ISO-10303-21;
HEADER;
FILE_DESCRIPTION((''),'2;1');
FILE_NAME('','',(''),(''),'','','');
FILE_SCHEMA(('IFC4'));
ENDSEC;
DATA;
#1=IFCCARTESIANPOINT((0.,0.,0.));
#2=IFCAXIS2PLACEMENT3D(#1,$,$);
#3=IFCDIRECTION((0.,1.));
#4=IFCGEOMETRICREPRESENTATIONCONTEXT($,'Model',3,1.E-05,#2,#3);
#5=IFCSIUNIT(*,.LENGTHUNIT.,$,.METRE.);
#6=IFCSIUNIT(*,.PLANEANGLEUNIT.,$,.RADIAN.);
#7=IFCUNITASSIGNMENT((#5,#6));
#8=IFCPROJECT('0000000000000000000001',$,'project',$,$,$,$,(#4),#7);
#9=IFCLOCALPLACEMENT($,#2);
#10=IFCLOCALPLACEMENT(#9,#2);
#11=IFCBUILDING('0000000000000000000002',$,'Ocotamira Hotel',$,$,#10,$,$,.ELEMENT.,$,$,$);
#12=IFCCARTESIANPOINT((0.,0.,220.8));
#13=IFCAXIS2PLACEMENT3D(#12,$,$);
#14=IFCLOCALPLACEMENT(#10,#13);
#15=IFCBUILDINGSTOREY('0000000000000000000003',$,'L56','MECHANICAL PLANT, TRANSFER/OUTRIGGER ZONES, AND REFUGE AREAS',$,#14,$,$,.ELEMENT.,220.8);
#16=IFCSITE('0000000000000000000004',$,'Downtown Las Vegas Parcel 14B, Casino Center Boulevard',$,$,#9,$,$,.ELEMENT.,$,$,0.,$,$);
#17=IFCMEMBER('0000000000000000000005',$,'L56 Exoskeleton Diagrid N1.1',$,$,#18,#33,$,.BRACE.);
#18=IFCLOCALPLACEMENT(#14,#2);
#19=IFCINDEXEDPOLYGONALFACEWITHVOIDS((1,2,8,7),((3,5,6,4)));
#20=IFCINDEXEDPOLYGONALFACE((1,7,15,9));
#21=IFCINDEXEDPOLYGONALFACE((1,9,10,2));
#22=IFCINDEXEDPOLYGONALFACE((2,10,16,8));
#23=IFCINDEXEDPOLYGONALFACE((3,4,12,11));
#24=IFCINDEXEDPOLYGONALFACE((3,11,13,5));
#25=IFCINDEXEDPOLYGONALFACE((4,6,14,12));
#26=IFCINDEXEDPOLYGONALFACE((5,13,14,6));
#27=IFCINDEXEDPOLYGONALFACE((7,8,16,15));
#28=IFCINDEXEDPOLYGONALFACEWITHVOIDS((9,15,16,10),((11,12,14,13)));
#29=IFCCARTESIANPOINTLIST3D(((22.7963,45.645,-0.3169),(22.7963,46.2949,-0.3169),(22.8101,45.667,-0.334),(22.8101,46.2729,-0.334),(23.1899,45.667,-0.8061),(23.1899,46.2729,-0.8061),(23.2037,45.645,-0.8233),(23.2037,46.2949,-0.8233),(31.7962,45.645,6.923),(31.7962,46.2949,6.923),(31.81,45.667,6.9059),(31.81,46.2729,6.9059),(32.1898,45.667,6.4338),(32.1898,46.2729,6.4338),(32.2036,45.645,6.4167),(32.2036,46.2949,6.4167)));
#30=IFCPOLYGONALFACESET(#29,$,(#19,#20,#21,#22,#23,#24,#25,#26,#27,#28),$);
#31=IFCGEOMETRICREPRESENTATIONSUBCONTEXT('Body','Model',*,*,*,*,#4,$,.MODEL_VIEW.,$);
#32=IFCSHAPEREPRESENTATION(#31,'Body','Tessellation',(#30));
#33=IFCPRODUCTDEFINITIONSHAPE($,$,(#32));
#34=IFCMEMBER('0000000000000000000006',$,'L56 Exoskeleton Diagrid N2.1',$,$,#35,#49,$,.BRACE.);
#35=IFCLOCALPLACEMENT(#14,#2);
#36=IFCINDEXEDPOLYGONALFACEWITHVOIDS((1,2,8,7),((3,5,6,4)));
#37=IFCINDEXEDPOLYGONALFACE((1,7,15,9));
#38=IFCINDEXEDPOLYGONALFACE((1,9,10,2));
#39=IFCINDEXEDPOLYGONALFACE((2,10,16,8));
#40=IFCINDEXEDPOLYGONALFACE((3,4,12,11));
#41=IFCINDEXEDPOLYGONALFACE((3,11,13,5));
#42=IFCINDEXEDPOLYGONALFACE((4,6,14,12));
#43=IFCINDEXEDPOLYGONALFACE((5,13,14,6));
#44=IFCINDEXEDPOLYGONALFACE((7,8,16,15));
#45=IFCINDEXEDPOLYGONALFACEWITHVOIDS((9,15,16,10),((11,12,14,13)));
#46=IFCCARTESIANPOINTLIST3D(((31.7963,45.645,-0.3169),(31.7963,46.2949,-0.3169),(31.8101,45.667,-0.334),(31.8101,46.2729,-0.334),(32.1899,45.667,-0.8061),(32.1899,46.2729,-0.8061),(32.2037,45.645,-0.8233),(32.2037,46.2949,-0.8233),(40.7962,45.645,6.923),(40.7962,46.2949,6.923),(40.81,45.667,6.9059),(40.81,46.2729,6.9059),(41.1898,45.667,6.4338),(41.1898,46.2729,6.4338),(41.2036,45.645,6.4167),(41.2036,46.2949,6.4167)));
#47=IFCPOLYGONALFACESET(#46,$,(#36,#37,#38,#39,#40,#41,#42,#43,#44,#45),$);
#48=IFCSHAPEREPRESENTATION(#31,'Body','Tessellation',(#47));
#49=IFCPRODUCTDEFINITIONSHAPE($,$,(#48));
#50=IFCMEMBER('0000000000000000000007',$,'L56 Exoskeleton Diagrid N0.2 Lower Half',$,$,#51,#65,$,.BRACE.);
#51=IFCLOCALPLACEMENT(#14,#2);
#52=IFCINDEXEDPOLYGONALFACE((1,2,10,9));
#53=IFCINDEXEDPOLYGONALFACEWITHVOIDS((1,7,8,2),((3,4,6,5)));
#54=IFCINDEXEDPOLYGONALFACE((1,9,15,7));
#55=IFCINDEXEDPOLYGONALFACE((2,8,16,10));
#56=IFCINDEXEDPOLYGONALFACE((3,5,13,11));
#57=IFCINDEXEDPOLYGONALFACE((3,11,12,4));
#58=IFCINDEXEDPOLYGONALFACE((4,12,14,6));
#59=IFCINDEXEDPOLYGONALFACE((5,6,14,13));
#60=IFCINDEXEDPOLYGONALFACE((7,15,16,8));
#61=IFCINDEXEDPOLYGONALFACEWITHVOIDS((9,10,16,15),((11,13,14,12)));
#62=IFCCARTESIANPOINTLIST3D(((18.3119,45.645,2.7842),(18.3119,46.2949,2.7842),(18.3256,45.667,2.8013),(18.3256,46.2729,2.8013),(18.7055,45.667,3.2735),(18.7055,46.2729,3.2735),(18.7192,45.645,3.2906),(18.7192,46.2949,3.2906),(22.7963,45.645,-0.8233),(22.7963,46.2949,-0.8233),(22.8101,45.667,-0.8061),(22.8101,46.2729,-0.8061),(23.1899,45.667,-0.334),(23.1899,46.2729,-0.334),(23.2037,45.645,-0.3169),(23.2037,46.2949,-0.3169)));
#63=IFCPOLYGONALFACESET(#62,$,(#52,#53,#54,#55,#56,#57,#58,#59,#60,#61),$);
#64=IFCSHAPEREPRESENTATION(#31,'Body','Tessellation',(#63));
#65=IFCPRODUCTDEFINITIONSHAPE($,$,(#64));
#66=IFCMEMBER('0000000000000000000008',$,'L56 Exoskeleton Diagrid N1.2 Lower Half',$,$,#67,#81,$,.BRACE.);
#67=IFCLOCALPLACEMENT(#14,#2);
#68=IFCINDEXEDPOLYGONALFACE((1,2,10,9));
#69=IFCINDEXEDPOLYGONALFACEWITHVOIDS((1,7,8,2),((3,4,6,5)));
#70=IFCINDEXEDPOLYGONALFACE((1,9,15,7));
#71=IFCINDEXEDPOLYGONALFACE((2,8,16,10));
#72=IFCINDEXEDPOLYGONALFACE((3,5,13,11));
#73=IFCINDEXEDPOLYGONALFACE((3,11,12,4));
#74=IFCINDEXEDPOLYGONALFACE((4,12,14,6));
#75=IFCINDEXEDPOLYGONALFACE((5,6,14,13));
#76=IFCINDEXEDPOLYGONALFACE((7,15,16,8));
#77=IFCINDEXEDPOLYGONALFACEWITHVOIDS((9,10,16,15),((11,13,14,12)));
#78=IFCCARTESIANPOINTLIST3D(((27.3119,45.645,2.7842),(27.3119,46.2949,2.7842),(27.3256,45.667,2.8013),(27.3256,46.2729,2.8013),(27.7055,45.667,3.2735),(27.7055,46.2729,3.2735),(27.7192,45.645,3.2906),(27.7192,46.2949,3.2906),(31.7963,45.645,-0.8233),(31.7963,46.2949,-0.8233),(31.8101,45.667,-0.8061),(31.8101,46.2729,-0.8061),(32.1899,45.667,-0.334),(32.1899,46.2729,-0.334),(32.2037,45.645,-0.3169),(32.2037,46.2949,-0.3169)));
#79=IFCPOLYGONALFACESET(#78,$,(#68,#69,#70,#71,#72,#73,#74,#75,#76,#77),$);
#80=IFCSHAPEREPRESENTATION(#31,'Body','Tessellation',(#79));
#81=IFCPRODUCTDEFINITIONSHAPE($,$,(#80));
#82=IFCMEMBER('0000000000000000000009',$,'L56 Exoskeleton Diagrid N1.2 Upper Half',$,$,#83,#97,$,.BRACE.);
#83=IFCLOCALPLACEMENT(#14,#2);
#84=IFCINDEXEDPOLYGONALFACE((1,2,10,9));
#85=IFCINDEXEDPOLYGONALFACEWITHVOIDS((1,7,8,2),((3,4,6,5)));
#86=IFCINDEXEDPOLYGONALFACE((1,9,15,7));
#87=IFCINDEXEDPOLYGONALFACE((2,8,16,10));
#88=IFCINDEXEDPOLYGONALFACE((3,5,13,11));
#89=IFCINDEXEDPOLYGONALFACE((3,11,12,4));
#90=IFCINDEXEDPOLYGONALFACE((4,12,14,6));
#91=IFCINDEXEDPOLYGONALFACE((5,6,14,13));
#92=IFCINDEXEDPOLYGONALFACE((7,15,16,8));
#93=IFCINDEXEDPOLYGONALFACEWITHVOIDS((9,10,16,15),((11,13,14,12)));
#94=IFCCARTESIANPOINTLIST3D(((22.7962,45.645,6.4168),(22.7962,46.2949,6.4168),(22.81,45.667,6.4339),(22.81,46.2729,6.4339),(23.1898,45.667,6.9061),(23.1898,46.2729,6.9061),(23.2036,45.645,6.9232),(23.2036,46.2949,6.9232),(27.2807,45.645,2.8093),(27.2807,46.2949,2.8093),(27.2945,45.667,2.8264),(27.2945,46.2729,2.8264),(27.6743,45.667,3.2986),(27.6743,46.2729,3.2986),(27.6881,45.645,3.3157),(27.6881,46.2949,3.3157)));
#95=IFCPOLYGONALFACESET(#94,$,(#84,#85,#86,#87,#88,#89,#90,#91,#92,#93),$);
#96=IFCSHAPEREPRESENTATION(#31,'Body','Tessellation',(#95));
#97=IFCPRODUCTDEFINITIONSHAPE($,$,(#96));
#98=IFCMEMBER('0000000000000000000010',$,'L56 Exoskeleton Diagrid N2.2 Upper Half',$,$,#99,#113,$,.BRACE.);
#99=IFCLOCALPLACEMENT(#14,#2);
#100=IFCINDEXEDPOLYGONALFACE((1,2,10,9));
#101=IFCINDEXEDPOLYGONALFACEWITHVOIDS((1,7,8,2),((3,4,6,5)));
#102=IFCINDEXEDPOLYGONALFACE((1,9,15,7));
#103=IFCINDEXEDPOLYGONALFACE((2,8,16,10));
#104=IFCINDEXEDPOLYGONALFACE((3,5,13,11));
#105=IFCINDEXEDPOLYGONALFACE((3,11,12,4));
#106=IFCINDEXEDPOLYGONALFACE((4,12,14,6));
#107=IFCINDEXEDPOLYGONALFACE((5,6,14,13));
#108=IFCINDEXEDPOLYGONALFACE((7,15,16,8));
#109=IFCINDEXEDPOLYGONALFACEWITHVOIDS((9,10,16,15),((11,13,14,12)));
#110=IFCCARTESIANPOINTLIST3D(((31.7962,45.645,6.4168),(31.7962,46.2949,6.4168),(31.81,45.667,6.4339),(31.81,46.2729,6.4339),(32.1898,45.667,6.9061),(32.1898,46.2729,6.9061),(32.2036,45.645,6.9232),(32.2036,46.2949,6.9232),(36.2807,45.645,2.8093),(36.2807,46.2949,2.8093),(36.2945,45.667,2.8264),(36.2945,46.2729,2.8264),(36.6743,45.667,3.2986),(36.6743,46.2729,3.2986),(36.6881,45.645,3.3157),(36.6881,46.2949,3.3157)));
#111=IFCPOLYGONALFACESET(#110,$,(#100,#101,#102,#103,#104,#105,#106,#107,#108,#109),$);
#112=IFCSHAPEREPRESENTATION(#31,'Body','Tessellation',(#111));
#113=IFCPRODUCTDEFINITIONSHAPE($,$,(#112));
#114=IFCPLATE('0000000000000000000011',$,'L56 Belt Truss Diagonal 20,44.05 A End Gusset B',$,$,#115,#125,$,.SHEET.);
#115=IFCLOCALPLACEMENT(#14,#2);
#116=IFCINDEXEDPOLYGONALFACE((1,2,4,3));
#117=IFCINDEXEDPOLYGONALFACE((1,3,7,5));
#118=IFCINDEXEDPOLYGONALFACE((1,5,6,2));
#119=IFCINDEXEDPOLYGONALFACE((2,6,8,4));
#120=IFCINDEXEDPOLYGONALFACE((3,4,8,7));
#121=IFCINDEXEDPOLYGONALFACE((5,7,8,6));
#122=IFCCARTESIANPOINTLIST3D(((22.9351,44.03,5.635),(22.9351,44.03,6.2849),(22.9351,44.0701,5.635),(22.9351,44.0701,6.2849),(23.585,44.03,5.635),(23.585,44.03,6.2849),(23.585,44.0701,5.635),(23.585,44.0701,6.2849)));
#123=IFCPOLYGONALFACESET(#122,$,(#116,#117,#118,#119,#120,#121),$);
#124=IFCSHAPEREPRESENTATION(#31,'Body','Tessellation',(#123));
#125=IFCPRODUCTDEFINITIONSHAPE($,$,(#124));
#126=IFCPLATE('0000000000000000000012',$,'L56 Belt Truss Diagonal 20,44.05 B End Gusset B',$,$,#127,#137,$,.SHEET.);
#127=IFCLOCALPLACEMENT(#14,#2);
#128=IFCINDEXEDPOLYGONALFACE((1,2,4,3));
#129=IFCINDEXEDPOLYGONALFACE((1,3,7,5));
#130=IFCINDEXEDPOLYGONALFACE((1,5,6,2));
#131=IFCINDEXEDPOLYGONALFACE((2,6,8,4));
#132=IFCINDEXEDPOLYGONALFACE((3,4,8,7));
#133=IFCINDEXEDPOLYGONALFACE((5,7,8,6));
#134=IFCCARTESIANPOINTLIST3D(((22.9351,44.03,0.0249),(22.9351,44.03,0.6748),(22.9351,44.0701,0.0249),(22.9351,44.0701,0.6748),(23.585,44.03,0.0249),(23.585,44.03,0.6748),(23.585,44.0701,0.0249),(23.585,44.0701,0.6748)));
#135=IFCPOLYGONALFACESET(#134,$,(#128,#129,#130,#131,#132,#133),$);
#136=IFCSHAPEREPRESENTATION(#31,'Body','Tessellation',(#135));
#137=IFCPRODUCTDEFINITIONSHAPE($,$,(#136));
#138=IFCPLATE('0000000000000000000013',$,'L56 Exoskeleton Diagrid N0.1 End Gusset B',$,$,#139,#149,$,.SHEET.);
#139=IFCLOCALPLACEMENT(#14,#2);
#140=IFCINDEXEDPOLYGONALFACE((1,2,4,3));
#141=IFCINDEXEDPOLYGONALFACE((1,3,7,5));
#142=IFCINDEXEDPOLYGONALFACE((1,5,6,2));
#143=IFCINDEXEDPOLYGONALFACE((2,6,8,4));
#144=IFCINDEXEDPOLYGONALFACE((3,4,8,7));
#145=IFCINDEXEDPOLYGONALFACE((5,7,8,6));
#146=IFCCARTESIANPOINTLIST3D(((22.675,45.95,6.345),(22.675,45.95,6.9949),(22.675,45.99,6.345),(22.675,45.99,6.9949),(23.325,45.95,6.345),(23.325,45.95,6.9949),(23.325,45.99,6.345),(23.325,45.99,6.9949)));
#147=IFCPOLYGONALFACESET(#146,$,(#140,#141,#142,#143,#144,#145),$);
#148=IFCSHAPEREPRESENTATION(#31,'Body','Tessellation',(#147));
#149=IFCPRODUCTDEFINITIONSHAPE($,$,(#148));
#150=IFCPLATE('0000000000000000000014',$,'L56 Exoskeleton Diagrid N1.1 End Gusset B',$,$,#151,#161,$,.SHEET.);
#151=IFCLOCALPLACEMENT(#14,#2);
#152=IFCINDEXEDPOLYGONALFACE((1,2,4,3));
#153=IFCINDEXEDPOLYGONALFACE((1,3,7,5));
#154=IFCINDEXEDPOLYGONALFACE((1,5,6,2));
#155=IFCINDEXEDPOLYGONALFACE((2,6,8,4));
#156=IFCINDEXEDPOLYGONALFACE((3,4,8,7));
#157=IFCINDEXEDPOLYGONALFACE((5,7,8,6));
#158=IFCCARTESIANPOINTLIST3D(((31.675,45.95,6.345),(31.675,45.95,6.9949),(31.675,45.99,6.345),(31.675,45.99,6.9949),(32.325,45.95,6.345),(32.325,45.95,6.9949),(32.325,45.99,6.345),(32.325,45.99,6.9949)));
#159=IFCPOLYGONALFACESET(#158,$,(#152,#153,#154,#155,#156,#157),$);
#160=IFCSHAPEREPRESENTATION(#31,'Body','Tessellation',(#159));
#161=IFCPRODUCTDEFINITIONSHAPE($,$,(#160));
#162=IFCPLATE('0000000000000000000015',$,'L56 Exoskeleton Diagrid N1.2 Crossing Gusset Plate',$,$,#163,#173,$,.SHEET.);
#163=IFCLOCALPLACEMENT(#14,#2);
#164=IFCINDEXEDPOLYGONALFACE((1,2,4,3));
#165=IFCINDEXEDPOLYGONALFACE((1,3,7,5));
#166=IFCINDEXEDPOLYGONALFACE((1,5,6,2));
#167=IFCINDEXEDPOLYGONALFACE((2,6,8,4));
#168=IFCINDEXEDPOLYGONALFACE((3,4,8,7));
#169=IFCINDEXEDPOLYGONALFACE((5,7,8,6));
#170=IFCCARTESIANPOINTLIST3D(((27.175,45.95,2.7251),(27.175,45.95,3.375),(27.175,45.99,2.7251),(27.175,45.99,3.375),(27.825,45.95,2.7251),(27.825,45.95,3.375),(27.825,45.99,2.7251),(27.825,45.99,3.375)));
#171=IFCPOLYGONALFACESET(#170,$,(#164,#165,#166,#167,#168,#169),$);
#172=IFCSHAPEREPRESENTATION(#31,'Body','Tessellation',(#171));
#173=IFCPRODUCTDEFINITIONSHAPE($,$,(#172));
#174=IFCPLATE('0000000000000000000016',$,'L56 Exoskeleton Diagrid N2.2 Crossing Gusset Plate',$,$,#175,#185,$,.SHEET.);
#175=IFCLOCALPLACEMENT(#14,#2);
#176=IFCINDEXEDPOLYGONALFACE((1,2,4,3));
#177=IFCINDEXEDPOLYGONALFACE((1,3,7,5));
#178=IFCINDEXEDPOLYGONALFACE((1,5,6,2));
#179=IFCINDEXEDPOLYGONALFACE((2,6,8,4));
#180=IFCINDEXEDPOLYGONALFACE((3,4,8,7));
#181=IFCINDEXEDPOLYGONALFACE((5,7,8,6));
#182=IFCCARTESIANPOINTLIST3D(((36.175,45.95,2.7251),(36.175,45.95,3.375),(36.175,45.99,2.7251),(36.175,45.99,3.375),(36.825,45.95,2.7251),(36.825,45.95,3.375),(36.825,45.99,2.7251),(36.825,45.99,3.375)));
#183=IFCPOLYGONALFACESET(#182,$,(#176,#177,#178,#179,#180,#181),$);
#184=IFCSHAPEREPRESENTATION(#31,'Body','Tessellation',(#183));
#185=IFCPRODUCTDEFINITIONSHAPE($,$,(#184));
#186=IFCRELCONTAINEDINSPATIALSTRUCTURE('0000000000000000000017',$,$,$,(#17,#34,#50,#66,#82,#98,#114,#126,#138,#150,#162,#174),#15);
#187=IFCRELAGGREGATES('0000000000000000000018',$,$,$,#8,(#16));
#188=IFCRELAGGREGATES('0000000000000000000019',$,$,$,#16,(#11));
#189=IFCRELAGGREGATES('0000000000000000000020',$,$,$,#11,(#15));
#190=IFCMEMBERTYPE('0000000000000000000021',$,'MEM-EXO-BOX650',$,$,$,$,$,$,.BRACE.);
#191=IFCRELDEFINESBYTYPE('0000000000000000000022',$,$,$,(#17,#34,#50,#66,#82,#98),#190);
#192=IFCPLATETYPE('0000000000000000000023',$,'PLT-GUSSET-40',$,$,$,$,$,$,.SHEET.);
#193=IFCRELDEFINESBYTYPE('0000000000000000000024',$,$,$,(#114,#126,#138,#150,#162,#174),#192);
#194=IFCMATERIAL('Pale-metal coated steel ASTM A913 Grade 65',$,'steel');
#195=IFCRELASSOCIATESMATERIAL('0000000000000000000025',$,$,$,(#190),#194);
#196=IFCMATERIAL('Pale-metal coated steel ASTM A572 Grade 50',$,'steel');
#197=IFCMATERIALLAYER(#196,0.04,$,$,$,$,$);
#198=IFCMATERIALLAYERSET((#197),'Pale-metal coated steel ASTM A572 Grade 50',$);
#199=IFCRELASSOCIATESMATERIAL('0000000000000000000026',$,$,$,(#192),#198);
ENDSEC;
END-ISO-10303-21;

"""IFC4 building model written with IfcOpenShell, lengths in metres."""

from ifc_helpers import new_model, si_unit, direction, frame, origin, origin_2d, place, context, subcontext, project, spatial, rectangle, hollow_rectangle, extrude, source, transform, mapped, material, layer, layer_set, material_profile, profile_set, type_object, element, save


model = new_model("IFC4")

# Units and contexts
model_context = context("Model", 3, precision=1e-05, world=origin(), true_north=direction((0.0, 1.0)))
body_context = subcontext(model_context, "Body", "Model", "MODEL_VIEW")
ifc_project = project(units=[si_unit("LENGTHUNIT", "METRE"), si_unit("PLANEANGLEUNIT", "RADIAN")], contexts=[model_context])

# Site, building, storey
site_placement = place(None, origin())
site = spatial("IfcSite", under=ifc_project, at=site_placement, Name="Downtown Las Vegas Parcel 14B, Casino Center Boulevard", CompositionType="ELEMENT", RefElevation=0.0)
building_placement = place(site_placement, origin())
building = spatial("IfcBuilding", under=site, at=building_placement, Name="Ocotamira Hotel", CompositionType="ELEMENT")
storey_placement = place(building_placement, frame((0.0, 0.0, 220.8)))
storey = spatial("IfcBuildingStorey", under=building, at=storey_placement, Name="L56", Description="MECHANICAL PLANT, TRANSFER/OUTRIGGER ZONES, AND REFUGE AREAS", CompositionType="ELEMENT", Elevation=220.8)

# Members
ifc_material_1 = material(Name="Pale-metal coated steel ASTM A913 Grade 65", Category="steel")
ifc_material_profile_1 = material_profile(ifc_material_1, hollow_rectangle(XDim=0.6499, YDim=0.6499, WallThickness=0.022, at=origin_2d()), Name="BOX650X650X22")
ifc_profile_set_1 = profile_set([ifc_material_profile_1], Name="Pale-metal coated steel ASTM A913 Grade 65")
member_type = type_object("IfcMemberType", Name="MEM-EXO-BOX650", PredefinedType="BRACE", material=ifc_profile_set_1)
shared_shape_1 = source(origin(), body_context, "Body", "SweptSolid", [
    extrude(hollow_rectangle(XDim=0.6499, YDim=0.6499, WallThickness=0.022, at=origin_2d()), origin(), (0.0, 0.0, 1.0), 11.5505),
])
for number, where, z_axis, x_axis, name in (
    (1, (23.0, 45.97, -0.5701), (0.779177, 0.0, 0.626804), (0.0, 1.0, 0.0), "L56 Exoskeleton Diagrid N1.1"),
    (2, (32.0, 45.97, -0.5701), (0.779177, 0.0, 0.626804), (0.0, 1.0, 0.0), "L56 Exoskeleton Diagrid N2.1"),
):
    element("IfcMember", number, at=place(storey_placement, frame(where, z_axis=z_axis, x_axis=x_axis)), inside=storey, type_object=member_type, Name=name, PredefinedType="BRACE", context=body_context, shape_type="MappedRepresentation", body=[
        mapped(shared_shape_1, transform((0.0, 0.0, 0.0), scale=1.0)),
    ])
shared_shape_2 = source(origin(), body_context, "Body", "SweptSolid", [
    extrude(hollow_rectangle(XDim=0.6499, YDim=0.6499, WallThickness=0.022, at=origin_2d()), origin(), (0.0, 0.0, 1.0), 5.7554),
])
for number, where, z_axis, x_axis, name in (
    (3, (23.0, 45.97, -0.5701), (-0.779177, 0.0, 0.626803), (0.0, -1.0, 0.0), "L56 Exoskeleton Diagrid N0.2 Lower Half"),
    (4, (32.0, 45.97, -0.5701), (-0.779177, 0.0, 0.626803), (0.0, -1.0, 0.0), "L56 Exoskeleton Diagrid N1.2 Lower Half"),
    (5, (27.4844, 45.97, 3.0625), (-0.779177, 0.0, 0.626803), (0.0, -1.0, 0.0), "L56 Exoskeleton Diagrid N1.2 Upper Half"),
    (6, (36.4844, 45.97, 3.0625), (-0.779177, 0.0, 0.626803), (0.0, -1.0, 0.0), "L56 Exoskeleton Diagrid N2.2 Upper Half"),
):
    element("IfcMember", number, at=place(storey_placement, frame(where, z_axis=z_axis, x_axis=x_axis)), inside=storey, type_object=member_type, Name=name, PredefinedType="BRACE", context=body_context, shape_type="MappedRepresentation", body=[
        mapped(shared_shape_2, transform((0.0, 0.0, 0.0), scale=1.0)),
    ])

# Plates
ifc_material_2 = material(Name="Pale-metal coated steel ASTM A572 Grade 50", Category="steel")
ifc_layer_1 = layer(ifc_material_2, 0.04)
ifc_layer_set_1 = layer_set([ifc_layer_1], Name="Pale-metal coated steel ASTM A572 Grade 50")
plate_type = type_object("IfcPlateType", Name="PLT-GUSSET-40", PredefinedType="SHEET", material=ifc_layer_set_1)
shared_shape_3 = source(origin(), body_context, "Body", "SweptSolid", [
    extrude(rectangle(XDim=0.6499, YDim=0.04, at=origin_2d()), origin(), (0.0, 0.0, 1.0), 0.6499),
])
for number, where, z_axis, x_axis, name in (
    (7, (23.26, 44.05, 5.635), (0.0, 0.0, 1.0), (1.0, 0.0, 0.0), "L56 Belt Truss Diagonal 20,44.05 A End Gusset B"),
    (8, (23.26, 44.05, 0.0249), (0.0, 0.0, 1.0), (1.0, 0.0, 0.0), "L56 Belt Truss Diagonal 20,44.05 B End Gusset B"),
    (9, (23.0, 45.97, 6.345), (0.0, 0.0, 1.0), (1.0, 0.0, 0.0), "L56 Exoskeleton Diagrid N0.1 End Gusset B"),
    (10, (32.0, 45.97, 6.345), (0.0, 0.0, 1.0), (1.0, 0.0, 0.0), "L56 Exoskeleton Diagrid N1.1 End Gusset B"),
    (11, (27.5, 45.97, 2.7251), (0.0, 0.0, 1.0), (-1.0, 0.0, 0.0), "L56 Exoskeleton Diagrid N1.2 Crossing Gusset Plate"),
    (12, (36.5, 45.97, 2.7251), (0.0, 0.0, 1.0), (-1.0, 0.0, 0.0), "L56 Exoskeleton Diagrid N2.2 Crossing Gusset Plate"),
):
    element("IfcPlate", number, at=place(storey_placement, frame(where, z_axis=z_axis, x_axis=x_axis)), inside=storey, type_object=plate_type, Name=name, PredefinedType="SHEET", context=body_context, shape_type="MappedRepresentation", body=[
        mapped(shared_shape_3, transform((0.0, 0.0, 0.0), scale=1.0)),
    ])

save(model, "model.ifc")
